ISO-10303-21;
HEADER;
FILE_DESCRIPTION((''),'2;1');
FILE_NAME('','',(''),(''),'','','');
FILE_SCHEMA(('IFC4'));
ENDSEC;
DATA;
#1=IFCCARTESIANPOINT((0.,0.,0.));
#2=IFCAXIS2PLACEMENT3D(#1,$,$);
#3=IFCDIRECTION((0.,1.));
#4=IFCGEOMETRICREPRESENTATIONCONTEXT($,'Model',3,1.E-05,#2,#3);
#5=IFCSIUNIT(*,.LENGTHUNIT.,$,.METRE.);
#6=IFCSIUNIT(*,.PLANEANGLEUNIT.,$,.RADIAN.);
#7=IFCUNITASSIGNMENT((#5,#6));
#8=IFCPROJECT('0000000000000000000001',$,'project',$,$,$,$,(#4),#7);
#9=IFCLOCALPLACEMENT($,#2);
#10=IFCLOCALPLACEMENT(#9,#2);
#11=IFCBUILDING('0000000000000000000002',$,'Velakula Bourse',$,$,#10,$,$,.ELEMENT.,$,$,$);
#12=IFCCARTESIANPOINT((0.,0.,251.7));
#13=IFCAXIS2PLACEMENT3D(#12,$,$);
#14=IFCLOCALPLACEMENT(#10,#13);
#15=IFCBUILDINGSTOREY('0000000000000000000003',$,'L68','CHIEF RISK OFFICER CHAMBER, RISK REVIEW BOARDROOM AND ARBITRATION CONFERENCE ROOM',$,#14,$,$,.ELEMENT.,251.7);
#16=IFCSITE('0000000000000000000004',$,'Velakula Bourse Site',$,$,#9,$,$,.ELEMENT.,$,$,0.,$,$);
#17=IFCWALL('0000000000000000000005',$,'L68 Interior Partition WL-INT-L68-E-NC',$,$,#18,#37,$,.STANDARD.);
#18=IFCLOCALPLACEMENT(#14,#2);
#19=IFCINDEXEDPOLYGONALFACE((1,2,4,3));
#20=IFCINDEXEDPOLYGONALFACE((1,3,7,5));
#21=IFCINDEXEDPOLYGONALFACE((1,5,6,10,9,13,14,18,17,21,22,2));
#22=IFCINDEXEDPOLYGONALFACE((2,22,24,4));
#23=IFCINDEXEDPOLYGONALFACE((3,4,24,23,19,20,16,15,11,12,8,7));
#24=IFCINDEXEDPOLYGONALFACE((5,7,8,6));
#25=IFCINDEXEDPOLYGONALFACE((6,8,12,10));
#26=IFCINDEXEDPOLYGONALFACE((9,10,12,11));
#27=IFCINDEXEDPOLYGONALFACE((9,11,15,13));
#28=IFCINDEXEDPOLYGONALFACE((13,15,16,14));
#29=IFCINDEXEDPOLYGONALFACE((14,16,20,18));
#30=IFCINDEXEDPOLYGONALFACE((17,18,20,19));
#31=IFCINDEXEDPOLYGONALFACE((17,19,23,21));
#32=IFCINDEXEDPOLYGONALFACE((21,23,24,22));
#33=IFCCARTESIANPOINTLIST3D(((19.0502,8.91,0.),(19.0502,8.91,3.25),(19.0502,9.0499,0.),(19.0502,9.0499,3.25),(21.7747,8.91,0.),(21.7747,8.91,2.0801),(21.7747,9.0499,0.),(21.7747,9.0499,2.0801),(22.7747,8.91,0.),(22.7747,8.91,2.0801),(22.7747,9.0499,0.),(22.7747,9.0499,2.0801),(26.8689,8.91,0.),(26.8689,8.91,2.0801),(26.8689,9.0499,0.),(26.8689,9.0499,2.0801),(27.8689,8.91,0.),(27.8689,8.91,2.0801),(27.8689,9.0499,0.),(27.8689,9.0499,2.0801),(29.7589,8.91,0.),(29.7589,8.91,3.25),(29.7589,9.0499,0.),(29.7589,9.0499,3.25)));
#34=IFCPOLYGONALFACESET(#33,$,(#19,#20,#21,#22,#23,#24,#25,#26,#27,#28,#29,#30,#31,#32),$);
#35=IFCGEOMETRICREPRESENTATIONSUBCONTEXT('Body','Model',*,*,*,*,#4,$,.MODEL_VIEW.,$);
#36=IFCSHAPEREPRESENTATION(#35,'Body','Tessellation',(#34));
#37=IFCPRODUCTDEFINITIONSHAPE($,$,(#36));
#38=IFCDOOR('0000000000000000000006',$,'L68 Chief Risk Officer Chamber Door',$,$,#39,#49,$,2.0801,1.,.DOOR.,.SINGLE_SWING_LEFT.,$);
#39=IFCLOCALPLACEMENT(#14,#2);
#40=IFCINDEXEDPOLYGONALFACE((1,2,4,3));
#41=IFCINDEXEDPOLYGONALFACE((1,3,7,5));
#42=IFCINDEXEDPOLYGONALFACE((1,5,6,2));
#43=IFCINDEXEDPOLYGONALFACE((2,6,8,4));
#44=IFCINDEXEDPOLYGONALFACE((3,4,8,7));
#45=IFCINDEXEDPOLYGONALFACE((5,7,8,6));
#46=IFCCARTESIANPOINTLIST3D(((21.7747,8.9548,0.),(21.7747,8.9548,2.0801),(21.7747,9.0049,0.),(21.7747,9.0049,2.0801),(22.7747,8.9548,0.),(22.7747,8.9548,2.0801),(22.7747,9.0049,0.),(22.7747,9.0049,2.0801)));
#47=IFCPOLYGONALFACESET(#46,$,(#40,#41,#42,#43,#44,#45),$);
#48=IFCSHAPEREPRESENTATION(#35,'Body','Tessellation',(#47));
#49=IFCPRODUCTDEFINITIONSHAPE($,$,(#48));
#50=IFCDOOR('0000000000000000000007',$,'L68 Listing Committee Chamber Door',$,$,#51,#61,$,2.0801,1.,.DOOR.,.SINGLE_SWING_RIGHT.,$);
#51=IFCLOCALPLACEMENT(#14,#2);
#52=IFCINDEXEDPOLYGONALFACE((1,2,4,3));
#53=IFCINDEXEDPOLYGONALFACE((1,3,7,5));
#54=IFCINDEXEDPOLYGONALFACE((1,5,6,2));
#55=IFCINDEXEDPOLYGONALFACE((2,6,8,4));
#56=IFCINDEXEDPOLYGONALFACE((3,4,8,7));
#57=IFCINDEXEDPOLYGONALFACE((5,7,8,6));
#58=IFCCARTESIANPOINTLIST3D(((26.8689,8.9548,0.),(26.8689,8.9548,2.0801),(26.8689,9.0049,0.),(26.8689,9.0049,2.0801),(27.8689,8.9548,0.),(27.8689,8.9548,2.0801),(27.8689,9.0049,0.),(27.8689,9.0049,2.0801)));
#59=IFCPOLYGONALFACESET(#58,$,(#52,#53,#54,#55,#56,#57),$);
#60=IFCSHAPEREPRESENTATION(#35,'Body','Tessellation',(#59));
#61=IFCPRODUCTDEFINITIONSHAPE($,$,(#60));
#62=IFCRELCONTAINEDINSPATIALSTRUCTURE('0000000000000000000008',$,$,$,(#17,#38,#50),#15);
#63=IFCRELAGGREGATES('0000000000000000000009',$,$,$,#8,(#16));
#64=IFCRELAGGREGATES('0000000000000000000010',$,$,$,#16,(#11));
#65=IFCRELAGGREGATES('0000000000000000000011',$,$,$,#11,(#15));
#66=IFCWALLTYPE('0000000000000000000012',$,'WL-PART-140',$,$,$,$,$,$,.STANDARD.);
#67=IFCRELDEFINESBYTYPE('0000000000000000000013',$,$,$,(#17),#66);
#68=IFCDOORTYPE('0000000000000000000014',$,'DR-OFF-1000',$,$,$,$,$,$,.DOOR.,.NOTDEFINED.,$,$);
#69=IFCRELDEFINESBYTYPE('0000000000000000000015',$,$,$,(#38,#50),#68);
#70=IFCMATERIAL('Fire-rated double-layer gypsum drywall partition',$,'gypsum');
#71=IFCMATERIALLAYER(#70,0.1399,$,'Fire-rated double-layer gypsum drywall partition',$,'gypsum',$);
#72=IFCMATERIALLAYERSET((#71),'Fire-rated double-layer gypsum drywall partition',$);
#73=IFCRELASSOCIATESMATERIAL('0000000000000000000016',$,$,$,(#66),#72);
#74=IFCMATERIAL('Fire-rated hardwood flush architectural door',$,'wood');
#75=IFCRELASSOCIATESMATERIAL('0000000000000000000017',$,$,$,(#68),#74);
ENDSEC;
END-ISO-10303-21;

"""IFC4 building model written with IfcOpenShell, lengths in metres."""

from ifc_helpers import new_model, si_unit, direction, frame, frame_2d, origin, place, context, subcontext, project, spatial, rectangle, extrude, material, layer, layer_set, type_object, element, fill, save


model = new_model("IFC4")

# Units and contexts
model_context = context("Model", 3, precision=1e-05, world=origin(), true_north=direction((0.0, 1.0)))
body_context = subcontext(model_context, "Body", "Model", "MODEL_VIEW")
ifc_project = project(units=[si_unit("LENGTHUNIT", "METRE"), si_unit("PLANEANGLEUNIT", "RADIAN")], contexts=[model_context])

# Site, building, storey
site_placement = place(None, origin())
site = spatial("IfcSite", under=ifc_project, at=site_placement, Name="Velakula Bourse Site", CompositionType="ELEMENT", RefElevation=0.0)
building_placement = place(site_placement, origin())
building = spatial("IfcBuilding", under=site, at=building_placement, Name="Velakula Bourse", CompositionType="ELEMENT")
storey_placement = place(building_placement, frame((0.0, 0.0, 251.7)))
storey = spatial("IfcBuildingStorey", under=building, at=storey_placement, Name="L68", Description="CHIEF RISK OFFICER CHAMBER, RISK REVIEW BOARDROOM AND ARBITRATION CONFERENCE ROOM", CompositionType="ELEMENT", Elevation=251.7)

# Wall, openings, doors
ifc_material_1 = material(Name="Fire-rated double-layer gypsum drywall partition", Category="gypsum")
ifc_layer_1 = layer(ifc_material_1, 0.1399, Name="Fire-rated double-layer gypsum drywall partition", Category="gypsum")
ifc_layer_set_1 = layer_set([ifc_layer_1], Name="Fire-rated double-layer gypsum drywall partition")
wall_type_1 = type_object("IfcWallType", Name="WL-PART-140", PredefinedType="STANDARD", material=ifc_layer_set_1)
wall_1_placement = place(storey_placement, frame((19.05, 8.98, 0.0), z_axis=(0.0, 0.0, 1.0), x_axis=(1.0, 0.0, 0.0)))
wall_1 = element("IfcWall", 1, at=wall_1_placement, inside=storey, type_object=wall_type_1, Name="L68 Interior Partition WL-INT-L68-E-NC", PredefinedType="STANDARD", context=body_context, shape_type="SweptSolid", body=[
    extrude(rectangle(XDim=10.7087, YDim=0.1399, at=frame_2d((5.3545, 0.0))), origin(), (0.0, 0.0, 1.0), 3.25),
])
opening_1_placement = place(wall_1_placement, frame((2.7246, 0.0, 0.0)))
opening_1 = element("IfcOpeningElement", 2, at=opening_1_placement, cuts=wall_1, PredefinedType="OPENING", context=body_context, shape_type="SweptSolid", body=[
    extrude(rectangle(XDim=1.0, YDim=2.0801, at=frame_2d((0.5, 1.04))), frame((0.0, 0.0798, 0.0), z_axis=(0.0, -1.0, 0.0), x_axis=(1.0, 0.0, 0.0)), (0.0, 0.0, 1.0), 0.1599),
])
opening_2_placement = place(wall_1_placement, frame((7.8188, 0.0, 0.0)))
opening_2 = element("IfcOpeningElement", 3, at=opening_2_placement, cuts=wall_1, PredefinedType="OPENING", context=body_context, shape_type="SweptSolid", body=[
    extrude(rectangle(XDim=1.0, YDim=2.0801, at=frame_2d((0.5, 1.04))), frame((0.0, 0.0798, 0.0), z_axis=(0.0, -1.0, 0.0), x_axis=(1.0, 0.0, 0.0)), (0.0, 0.0, 1.0), 0.1599),
])
ifc_material_2 = material(Name="Fire-rated hardwood flush architectural door", Category="wood")
door_type = type_object("IfcDoorType", Name="DR-OFF-1000", OperationType="NOTDEFINED", PredefinedType="DOOR", material=ifc_material_2)
door_1_placement = place(opening_1_placement, origin())
door_1 = element("IfcDoor", 4, at=door_1_placement, inside=storey, type_object=door_type, Name="L68 Chief Risk Officer Chamber Door", OperationType="SINGLE_SWING_LEFT", OverallHeight=2.0801, OverallWidth=1.0, PredefinedType="DOOR", context=body_context, shape_type="SweptSolid", body=[
    extrude(rectangle(XDim=1.0, YDim=2.0801, at=frame_2d((0.5, 1.04))), frame((0.0, 0.0249, 0.0), z_axis=(0.0, -1.0, 0.0), x_axis=(1.0, 0.0, 0.0)), (0.0, 0.0, 1.0), 0.05),
])
fill(opening_1, door_1)
door_2_placement = place(opening_2_placement, origin())
door_2 = element("IfcDoor", 5, at=door_2_placement, inside=storey, type_object=door_type, Name="L68 Listing Committee Chamber Door", OperationType="SINGLE_SWING_RIGHT", OverallHeight=2.0801, OverallWidth=1.0, PredefinedType="DOOR", context=body_context, shape_type="SweptSolid", body=[
    extrude(rectangle(XDim=1.0, YDim=2.0801, at=frame_2d((0.5, 1.04))), frame((0.0, 0.0249, 0.0), z_axis=(0.0, -1.0, 0.0), x_axis=(1.0, 0.0, 0.0)), (0.0, 0.0, 1.0), 0.05),
])
fill(opening_2, door_2)

save(model, "model.ifc")
